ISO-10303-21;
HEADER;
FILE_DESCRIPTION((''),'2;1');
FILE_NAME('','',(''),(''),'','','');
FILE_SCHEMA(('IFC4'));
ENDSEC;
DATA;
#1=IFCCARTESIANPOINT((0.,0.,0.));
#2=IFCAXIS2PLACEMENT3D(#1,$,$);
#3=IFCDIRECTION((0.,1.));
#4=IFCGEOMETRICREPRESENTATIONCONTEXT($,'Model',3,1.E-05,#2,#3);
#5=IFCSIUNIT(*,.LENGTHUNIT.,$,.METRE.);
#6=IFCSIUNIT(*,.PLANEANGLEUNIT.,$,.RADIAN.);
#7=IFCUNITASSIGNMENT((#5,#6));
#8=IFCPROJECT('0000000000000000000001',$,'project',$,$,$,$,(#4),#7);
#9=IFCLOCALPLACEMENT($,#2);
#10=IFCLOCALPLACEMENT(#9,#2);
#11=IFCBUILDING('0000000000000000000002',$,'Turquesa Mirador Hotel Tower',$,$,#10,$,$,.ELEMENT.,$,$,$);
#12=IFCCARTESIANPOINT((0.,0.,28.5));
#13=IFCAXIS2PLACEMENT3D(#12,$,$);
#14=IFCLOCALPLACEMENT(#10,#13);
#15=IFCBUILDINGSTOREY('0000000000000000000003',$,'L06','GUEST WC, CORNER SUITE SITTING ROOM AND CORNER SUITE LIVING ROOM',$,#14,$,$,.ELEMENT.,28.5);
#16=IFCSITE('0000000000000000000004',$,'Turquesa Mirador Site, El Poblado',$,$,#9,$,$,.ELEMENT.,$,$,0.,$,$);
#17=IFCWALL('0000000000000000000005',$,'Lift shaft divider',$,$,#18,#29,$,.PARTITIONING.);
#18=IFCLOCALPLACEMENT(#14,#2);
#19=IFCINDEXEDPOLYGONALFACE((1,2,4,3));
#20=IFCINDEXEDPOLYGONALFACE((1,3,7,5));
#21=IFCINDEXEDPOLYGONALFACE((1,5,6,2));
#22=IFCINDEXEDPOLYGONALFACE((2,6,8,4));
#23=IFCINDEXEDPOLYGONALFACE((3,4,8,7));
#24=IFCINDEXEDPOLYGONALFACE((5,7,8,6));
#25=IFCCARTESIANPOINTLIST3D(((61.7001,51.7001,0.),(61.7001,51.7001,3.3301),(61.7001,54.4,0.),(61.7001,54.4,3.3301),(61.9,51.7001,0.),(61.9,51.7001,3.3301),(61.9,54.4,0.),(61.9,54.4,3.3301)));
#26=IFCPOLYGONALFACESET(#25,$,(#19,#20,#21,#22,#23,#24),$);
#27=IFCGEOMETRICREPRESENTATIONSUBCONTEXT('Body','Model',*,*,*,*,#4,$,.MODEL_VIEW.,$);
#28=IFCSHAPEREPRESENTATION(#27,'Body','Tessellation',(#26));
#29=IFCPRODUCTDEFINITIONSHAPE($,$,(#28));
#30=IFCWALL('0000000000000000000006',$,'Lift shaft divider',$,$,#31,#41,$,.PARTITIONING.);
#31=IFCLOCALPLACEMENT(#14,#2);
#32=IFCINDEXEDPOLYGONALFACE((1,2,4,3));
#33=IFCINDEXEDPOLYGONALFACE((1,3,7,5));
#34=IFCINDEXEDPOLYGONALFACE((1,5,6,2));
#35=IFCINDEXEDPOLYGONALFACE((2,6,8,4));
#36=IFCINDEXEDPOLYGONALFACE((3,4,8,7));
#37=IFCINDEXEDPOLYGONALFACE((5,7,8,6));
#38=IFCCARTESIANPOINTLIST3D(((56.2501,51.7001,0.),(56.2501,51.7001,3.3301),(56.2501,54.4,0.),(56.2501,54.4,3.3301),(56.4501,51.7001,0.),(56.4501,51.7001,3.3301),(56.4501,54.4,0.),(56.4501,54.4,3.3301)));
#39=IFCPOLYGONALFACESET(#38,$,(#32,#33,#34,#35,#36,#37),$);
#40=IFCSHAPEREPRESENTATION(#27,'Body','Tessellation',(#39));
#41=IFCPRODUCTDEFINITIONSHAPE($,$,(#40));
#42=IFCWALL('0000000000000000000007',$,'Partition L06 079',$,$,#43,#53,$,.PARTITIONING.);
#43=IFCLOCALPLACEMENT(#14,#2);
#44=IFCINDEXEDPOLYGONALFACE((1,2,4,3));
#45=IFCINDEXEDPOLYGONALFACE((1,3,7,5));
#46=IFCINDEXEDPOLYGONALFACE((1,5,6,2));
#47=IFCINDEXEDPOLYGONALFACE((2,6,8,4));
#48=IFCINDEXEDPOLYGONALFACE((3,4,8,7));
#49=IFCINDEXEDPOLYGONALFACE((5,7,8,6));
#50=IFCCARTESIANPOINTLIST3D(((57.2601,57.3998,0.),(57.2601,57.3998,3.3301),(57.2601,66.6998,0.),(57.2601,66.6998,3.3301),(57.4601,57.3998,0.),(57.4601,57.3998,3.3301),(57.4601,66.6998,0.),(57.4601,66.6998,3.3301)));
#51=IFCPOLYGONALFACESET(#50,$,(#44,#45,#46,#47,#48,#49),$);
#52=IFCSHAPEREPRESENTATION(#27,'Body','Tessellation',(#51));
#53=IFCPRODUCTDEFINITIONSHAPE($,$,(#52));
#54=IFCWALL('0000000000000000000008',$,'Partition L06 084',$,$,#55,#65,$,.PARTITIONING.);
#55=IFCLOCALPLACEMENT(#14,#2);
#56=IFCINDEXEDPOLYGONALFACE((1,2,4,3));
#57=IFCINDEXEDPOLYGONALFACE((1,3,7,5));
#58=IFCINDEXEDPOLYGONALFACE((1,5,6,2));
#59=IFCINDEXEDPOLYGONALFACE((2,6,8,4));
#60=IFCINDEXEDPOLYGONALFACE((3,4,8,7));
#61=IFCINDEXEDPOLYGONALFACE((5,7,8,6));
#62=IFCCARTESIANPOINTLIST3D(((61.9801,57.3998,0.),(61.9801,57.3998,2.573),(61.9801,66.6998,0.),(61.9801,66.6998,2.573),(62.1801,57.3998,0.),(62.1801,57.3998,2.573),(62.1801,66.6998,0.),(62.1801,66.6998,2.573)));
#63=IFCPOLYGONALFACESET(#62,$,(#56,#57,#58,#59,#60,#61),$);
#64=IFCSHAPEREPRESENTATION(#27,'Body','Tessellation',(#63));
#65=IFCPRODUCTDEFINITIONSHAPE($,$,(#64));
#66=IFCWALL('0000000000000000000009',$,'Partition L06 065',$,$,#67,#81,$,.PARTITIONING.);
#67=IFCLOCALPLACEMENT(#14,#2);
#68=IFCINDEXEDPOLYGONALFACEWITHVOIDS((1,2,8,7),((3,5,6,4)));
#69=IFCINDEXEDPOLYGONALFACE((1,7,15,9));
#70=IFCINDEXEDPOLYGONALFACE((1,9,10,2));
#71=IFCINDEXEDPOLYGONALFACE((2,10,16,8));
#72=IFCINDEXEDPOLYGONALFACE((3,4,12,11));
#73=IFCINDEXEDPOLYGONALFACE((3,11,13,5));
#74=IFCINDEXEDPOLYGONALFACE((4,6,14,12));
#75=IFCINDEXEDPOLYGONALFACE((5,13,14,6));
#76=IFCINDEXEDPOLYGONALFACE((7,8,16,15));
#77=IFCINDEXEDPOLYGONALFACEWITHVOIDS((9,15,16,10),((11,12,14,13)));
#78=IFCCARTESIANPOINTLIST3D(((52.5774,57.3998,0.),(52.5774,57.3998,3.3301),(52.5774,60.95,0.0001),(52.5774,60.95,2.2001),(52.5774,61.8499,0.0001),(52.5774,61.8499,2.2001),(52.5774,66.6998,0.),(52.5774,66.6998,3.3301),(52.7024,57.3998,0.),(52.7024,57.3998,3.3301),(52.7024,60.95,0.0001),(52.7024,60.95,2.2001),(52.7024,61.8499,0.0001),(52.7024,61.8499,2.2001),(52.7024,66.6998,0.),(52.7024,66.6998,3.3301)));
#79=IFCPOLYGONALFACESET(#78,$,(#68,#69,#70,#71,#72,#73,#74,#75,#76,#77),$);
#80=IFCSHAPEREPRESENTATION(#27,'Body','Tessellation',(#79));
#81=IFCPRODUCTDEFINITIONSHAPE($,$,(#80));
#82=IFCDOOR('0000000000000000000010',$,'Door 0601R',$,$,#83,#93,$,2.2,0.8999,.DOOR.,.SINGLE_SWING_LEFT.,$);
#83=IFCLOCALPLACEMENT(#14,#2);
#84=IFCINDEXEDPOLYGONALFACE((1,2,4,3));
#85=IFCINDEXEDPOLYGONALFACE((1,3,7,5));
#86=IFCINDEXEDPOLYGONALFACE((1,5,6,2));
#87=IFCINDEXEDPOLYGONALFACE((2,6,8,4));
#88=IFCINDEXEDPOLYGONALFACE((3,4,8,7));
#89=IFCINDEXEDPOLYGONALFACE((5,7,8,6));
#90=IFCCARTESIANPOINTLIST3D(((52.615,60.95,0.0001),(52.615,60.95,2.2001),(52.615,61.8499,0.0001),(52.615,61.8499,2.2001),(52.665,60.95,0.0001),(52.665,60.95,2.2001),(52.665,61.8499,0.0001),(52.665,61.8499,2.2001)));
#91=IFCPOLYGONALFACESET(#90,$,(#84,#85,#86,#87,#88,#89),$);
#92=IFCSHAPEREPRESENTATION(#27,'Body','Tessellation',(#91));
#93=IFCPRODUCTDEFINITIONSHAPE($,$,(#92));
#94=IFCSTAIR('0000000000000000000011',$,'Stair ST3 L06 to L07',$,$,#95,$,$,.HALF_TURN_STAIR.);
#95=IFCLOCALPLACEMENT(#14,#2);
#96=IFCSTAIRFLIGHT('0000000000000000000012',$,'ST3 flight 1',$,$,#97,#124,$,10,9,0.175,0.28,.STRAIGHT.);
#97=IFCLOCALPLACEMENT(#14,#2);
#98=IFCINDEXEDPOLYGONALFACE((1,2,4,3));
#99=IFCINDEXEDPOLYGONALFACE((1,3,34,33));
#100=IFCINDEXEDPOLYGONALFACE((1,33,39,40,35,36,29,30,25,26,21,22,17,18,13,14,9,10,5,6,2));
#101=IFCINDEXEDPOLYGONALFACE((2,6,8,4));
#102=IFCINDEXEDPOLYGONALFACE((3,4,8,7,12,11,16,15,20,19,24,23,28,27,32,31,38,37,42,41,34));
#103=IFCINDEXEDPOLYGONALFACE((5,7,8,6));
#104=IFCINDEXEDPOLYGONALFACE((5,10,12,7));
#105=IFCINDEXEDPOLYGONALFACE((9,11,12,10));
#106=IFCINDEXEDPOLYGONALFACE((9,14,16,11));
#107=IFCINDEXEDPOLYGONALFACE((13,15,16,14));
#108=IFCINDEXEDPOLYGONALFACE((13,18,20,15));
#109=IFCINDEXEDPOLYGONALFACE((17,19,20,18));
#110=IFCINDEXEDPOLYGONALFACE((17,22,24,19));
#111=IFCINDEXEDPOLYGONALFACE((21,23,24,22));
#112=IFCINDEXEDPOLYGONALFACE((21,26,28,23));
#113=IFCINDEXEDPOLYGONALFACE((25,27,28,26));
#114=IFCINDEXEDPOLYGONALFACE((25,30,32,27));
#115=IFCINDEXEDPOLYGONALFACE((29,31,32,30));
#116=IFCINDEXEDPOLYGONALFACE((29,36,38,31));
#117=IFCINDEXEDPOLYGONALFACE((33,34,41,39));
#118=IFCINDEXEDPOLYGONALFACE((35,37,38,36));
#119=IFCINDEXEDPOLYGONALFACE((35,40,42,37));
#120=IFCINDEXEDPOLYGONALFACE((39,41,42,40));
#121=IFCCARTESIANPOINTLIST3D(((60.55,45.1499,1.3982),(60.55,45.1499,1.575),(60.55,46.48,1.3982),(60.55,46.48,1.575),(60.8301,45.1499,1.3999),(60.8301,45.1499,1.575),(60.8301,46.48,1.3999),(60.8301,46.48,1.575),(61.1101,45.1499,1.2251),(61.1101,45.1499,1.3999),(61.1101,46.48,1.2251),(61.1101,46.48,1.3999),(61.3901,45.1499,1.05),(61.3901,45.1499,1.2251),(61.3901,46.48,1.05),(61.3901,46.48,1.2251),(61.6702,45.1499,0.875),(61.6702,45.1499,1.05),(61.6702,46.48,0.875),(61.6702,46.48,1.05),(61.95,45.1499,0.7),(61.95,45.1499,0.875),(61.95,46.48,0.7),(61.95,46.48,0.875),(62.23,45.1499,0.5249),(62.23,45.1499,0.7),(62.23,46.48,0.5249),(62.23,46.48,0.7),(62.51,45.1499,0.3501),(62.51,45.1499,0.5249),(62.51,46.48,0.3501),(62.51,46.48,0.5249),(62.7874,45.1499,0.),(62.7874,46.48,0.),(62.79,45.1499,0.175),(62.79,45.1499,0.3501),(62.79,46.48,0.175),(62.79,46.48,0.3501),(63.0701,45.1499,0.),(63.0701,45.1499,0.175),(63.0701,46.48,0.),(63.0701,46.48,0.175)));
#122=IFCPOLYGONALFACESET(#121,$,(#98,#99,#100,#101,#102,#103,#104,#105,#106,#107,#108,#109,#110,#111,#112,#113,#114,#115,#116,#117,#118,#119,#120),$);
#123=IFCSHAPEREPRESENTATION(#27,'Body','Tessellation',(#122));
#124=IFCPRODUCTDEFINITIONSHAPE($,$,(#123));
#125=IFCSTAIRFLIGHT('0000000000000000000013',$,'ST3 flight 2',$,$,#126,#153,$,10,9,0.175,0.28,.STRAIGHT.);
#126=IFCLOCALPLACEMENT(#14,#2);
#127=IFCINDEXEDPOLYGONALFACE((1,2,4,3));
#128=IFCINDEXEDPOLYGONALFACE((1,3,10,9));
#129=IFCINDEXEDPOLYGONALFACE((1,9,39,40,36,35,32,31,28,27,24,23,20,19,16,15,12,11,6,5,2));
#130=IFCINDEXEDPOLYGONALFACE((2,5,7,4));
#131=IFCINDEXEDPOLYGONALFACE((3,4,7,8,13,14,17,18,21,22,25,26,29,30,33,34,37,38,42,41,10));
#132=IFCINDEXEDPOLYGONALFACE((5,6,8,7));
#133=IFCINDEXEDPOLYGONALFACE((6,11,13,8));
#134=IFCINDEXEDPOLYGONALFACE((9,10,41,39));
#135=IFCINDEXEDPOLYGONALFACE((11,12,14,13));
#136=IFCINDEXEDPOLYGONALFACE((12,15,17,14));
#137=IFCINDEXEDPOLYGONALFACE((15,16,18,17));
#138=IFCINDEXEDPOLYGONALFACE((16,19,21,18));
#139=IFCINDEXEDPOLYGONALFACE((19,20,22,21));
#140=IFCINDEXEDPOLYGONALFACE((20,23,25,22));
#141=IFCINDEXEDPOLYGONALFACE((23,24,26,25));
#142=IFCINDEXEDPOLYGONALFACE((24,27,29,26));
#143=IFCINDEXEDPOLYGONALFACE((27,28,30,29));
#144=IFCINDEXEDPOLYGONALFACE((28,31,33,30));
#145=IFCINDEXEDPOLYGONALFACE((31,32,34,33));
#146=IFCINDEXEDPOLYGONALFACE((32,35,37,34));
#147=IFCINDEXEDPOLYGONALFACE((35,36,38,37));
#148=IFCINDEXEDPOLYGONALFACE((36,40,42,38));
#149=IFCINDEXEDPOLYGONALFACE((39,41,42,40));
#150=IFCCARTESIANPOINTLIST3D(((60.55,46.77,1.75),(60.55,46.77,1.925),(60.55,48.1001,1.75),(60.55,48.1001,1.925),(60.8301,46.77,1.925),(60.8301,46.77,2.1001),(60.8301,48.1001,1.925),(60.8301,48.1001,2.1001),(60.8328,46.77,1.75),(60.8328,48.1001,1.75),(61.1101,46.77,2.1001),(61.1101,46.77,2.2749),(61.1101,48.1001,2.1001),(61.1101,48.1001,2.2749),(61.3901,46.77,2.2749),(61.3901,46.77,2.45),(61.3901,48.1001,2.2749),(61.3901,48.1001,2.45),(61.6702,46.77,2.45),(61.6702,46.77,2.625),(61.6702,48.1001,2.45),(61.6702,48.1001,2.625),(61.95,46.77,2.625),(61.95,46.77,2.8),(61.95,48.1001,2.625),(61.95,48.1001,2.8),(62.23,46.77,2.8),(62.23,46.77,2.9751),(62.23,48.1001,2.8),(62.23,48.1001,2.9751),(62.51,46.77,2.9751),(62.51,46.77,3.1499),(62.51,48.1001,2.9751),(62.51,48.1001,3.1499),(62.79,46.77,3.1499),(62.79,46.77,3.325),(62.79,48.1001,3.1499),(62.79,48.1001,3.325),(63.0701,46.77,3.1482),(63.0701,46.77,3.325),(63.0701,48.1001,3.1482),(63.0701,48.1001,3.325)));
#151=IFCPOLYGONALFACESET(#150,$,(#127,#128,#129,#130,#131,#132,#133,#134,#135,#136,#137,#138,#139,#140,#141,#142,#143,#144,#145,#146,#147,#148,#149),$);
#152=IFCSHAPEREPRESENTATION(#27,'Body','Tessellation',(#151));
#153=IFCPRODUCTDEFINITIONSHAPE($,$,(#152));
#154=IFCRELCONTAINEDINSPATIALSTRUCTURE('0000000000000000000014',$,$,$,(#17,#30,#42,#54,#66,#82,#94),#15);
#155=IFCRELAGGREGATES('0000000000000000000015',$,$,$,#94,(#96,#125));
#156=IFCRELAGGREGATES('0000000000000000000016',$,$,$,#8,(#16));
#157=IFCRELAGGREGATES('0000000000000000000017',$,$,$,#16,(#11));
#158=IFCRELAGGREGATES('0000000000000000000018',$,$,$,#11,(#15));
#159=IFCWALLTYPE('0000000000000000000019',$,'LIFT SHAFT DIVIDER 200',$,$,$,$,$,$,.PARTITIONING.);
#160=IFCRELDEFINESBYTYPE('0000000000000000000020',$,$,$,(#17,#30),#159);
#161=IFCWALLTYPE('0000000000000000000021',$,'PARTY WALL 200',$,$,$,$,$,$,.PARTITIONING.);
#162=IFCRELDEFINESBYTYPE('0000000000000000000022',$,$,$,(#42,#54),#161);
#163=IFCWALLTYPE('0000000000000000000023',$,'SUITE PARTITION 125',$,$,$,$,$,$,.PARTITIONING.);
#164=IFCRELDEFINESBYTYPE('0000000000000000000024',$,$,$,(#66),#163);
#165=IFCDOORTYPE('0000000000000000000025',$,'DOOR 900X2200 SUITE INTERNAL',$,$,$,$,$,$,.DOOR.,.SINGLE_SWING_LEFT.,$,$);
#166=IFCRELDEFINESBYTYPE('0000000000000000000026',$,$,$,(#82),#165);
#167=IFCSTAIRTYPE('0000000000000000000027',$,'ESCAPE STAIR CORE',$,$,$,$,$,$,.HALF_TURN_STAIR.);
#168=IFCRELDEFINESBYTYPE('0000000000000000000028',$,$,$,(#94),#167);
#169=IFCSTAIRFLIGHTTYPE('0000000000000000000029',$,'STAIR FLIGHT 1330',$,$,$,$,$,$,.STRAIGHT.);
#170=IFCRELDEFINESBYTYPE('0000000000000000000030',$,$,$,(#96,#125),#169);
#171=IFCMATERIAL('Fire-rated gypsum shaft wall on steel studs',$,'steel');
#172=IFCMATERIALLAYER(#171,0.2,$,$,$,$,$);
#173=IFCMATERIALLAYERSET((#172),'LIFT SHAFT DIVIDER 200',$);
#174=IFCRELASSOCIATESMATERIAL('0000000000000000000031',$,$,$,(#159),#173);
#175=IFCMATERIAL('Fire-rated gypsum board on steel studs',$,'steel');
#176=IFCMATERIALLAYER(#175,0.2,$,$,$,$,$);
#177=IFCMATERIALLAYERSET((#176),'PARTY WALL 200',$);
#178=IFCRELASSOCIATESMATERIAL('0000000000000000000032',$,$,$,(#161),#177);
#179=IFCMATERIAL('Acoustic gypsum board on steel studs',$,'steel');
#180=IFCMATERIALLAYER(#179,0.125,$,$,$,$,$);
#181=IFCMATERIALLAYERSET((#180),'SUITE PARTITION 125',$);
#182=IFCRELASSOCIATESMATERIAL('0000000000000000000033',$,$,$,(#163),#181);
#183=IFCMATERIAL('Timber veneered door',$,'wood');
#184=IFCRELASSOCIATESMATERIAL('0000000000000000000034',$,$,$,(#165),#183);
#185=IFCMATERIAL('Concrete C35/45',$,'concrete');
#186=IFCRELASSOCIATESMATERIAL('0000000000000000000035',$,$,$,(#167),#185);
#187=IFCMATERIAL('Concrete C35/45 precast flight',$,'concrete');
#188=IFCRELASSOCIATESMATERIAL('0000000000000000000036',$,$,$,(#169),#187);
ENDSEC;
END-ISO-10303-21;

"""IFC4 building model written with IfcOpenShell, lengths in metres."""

from ifc_helpers import new_model, si_unit, direction, frame, frame_2d, origin, place, context, subcontext, project, spatial, polyline, rectangle, outline, extrude, material, layer, layer_set, type_object, element, fill, aggregate, save


model = new_model("IFC4")

# Units and contexts
model_context = context("Model", 3, precision=1e-05, world=origin(), true_north=direction((0.0, 1.0)))
body_context = subcontext(model_context, "Body", "Model", "MODEL_VIEW")
ifc_project = project(units=[si_unit("LENGTHUNIT", "METRE"), si_unit("PLANEANGLEUNIT", "RADIAN")], contexts=[model_context])

# Site, building, storey
site_placement = place(None, origin())
site = spatial("IfcSite", under=ifc_project, at=site_placement, Name="Turquesa Mirador Site, El Poblado", CompositionType="ELEMENT", RefElevation=0.0)
building_placement = place(site_placement, origin())
building = spatial("IfcBuilding", under=site, at=building_placement, Name="Turquesa Mirador Hotel Tower", CompositionType="ELEMENT")
storey_placement = place(building_placement, frame((0.0, 0.0, 28.5)))
storey = spatial("IfcBuildingStorey", under=building, at=storey_placement, Name="L06", Description="GUEST WC, CORNER SUITE SITTING ROOM AND CORNER SUITE LIVING ROOM", CompositionType="ELEMENT", Elevation=28.5)

# Walls
ifc_material_1 = material(Name="Fire-rated gypsum shaft wall on steel studs", Category="steel")
ifc_layer_1 = layer(ifc_material_1, 0.2)
ifc_layer_set_1 = layer_set([ifc_layer_1], Name="LIFT SHAFT DIVIDER 200")
wall_type_1 = type_object("IfcWallType", Name="LIFT SHAFT DIVIDER 200", PredefinedType="PARTITIONING", material=ifc_layer_set_1)
for number, where, z_axis, x_axis, name in (
    (1, (61.8, 51.7, 0.0), (0.0, 0.0, 1.0), (0.0, 1.0, 0.0), "Lift shaft divider"),
    (2, (56.3501, 51.7, 0.0), (0.0, 0.0, 1.0), (0.0, 1.0, 0.0), "Lift shaft divider"),
):
    element("IfcWall", number, at=place(storey_placement, frame(where, z_axis=z_axis, x_axis=x_axis)), inside=storey, type_object=wall_type_1, Name=name, PredefinedType="PARTITIONING", context=body_context, shape_type="SweptSolid", body=[
        extrude(rectangle(XDim=2.7, YDim=0.2, at=frame_2d((1.3501, 0.0))), origin(), (0.0, 0.0, 1.0), 3.3301),
    ])
ifc_material_2 = material(Name="Fire-rated gypsum board on steel studs", Category="steel")
ifc_layer_2 = layer(ifc_material_2, 0.2)
ifc_layer_set_2 = layer_set([ifc_layer_2], Name="PARTY WALL 200")
wall_type_2 = type_object("IfcWallType", Name="PARTY WALL 200", PredefinedType="PARTITIONING", material=ifc_layer_set_2)
wall_1_placement = place(storey_placement, frame((57.3601, 57.3999, 0.0), z_axis=(0.0, 0.0, 1.0), x_axis=(0.0, 1.0, 0.0)))
element("IfcWall", 3, at=wall_1_placement, inside=storey, type_object=wall_type_2, Name="Partition L06 079", PredefinedType="PARTITIONING", context=body_context, shape_type="SweptSolid", body=[
    extrude(rectangle(XDim=9.3, YDim=0.2, at=frame_2d((4.6499, 0.0))), origin(), (0.0, 0.0, 1.0), 3.3301),
])
wall_2_placement = place(storey_placement, frame((62.0801, 57.3999, 0.0), z_axis=(0.0, 0.0, 1.0), x_axis=(0.0, 1.0, 0.0)))
element("IfcWall", 4, at=wall_2_placement, inside=storey, type_object=wall_type_2, Name="Partition L06 084", PredefinedType="PARTITIONING", context=body_context, shape_type="SweptSolid", body=[
    extrude(rectangle(XDim=9.3, YDim=0.2, at=frame_2d((4.6499, 0.0))), origin(), (0.0, 0.0, 1.0), 2.573),
])

# Wall, opening, door
ifc_material_3 = material(Name="Acoustic gypsum board on steel studs", Category="steel")
ifc_layer_3 = layer(ifc_material_3, 0.125)
ifc_layer_set_3 = layer_set([ifc_layer_3], Name="SUITE PARTITION 125")
wall_type_3 = type_object("IfcWallType", Name="SUITE PARTITION 125", PredefinedType="PARTITIONING", material=ifc_layer_set_3)
wall_3_placement = place(storey_placement, frame((52.6399, 57.3999, 0.0), z_axis=(0.0, 0.0, 1.0), x_axis=(0.0, 1.0, 0.0)))
wall_3 = element("IfcWall", 5, at=wall_3_placement, inside=storey, type_object=wall_type_3, Name="Partition L06 065", PredefinedType="PARTITIONING", context=body_context, shape_type="SweptSolid", body=[
    extrude(rectangle(XDim=9.3, YDim=0.125, at=frame_2d((4.6499, 0.0))), origin(), (0.0, 0.0, 1.0), 3.3301),
])
opening_1_placement = place(wall_3_placement, frame((3.55, 0.0, 0.0)))
opening_1 = element("IfcOpeningElement", 6, at=opening_1_placement, cuts=wall_3, PredefinedType="OPENING", context=body_context, shape_type="SweptSolid", body=[
    extrude(rectangle(XDim=0.8999, YDim=2.2, at=frame_2d((0.45, 1.1001))), frame((0.0, 0.0725, 0.0), z_axis=(0.0, -1.0, 0.0), x_axis=(1.0, 0.0, 0.0)), (0.0, 0.0, 1.0), 0.145),
])
ifc_material_4 = material(Name="Timber veneered door", Category="wood")
door_type_1 = type_object("IfcDoorType", Name="DOOR 900X2200 SUITE INTERNAL", OperationType="SINGLE_SWING_LEFT", PredefinedType="DOOR", material=ifc_material_4)
door_1_placement = place(opening_1_placement, origin())
door_1 = element("IfcDoor", 7, at=door_1_placement, inside=storey, type_object=door_type_1, Name="Door 0601R", OperationType="SINGLE_SWING_LEFT", OverallHeight=2.2, OverallWidth=0.8999, PredefinedType="DOOR", context=body_context, shape_type="SweptSolid", body=[
    extrude(rectangle(XDim=0.8999, YDim=2.2, at=frame_2d((0.45, 1.1001))), frame((0.0, 0.0249, 0.0), z_axis=(0.0, -1.0, 0.0), x_axis=(1.0, 0.0, 0.0)), (0.0, 0.0, 1.0), 0.05),
])
fill(opening_1, door_1)

# Stair, stair flights
ifc_material_5 = material(Name="Concrete C35/45", Category="concrete")
stair_type = type_object("IfcStairType", Name="ESCAPE STAIR CORE", PredefinedType="HALF_TURN_STAIR", material=ifc_material_5)
stair_placement = place(storey_placement, origin())
stair = element("IfcStair", 8, at=stair_placement, inside=storey, type_object=stair_type, Name="Stair ST3 L06 to L07", PredefinedType="HALF_TURN_STAIR")
ifc_material_6 = material(Name="Concrete C35/45 precast flight", Category="concrete")
stair_flight_type = type_object("IfcStairFlightType", Name="STAIR FLIGHT 1330", PredefinedType="STRAIGHT", material=ifc_material_6)
stair_flight_1_placement = place(storey_placement, frame((63.0701, 45.8149, 0.0), z_axis=(0.0, 0.0, 1.0), x_axis=(-1.0, 0.0, 0.0)))
stair_flight_1 = element("IfcStairFlight", 9, at=stair_flight_1_placement, type_object=stair_flight_type, Name="ST3 flight 1", NumberOfRisers=10, NumberOfTreads=9, PredefinedType="STRAIGHT", RiserHeight=0.175, TreadLength=0.28, context=body_context, shape_type="SweptSolid", body=[
    extrude(outline(polyline([(0.0, 0.0), (0.0, 0.175), (0.28, 0.175), (0.28, 0.3501), (0.5601, 0.3501), (0.5601, 0.5249), (0.8401, 0.5249), (0.8401, 0.7), (1.1201, 0.7), (1.1201, 0.875), (1.3999, 0.875), (1.3999, 1.05), (1.6799, 1.05), (1.6799, 1.2251), (1.96, 1.2251), (1.96, 1.3999), (2.24, 1.3999), (2.24, 1.575), (2.52, 1.575), (2.52, 1.75), (2.52, 1.3982), (0.2827, 0.0), (0.0, 0.0)])), frame((0.0, 0.665, 0.0), z_axis=(0.0, -1.0, 0.0), x_axis=(1.0, 0.0, 0.0)), (0.0, 0.0, 1.0), 1.3301),
])
stair_flight_2_placement = place(storey_placement, frame((60.55, 47.4351, 1.75), z_axis=(0.0, 0.0, 1.0), x_axis=(1.0, 0.0, 0.0)))
stair_flight_2 = element("IfcStairFlight", 10, at=stair_flight_2_placement, type_object=stair_flight_type, Name="ST3 flight 2", NumberOfRisers=10, NumberOfTreads=9, PredefinedType="STRAIGHT", RiserHeight=0.175, TreadLength=0.28, context=body_context, shape_type="SweptSolid", body=[
    extrude(outline(polyline([(0.0, 0.0), (0.0, 0.175), (0.28, 0.175), (0.28, 0.3501), (0.5601, 0.3501), (0.5601, 0.5249), (0.8401, 0.5249), (0.8401, 0.7), (1.1201, 0.7), (1.1201, 0.875), (1.3999, 0.875), (1.3999, 1.05), (1.6799, 1.05), (1.6799, 1.2251), (1.96, 1.2251), (1.96, 1.3999), (2.24, 1.3999), (2.24, 1.575), (2.52, 1.575), (2.52, 1.75), (2.52, 1.3982), (0.2827, 0.0), (0.0, 0.0)])), frame((0.0, 0.665, 0.0), z_axis=(0.0, -1.0, 0.0), x_axis=(1.0, 0.0, 0.0)), (0.0, 0.0, 1.0), 1.3301),
])
aggregate(stair, [stair_flight_1, stair_flight_2])

save(model, "model.ifc")
